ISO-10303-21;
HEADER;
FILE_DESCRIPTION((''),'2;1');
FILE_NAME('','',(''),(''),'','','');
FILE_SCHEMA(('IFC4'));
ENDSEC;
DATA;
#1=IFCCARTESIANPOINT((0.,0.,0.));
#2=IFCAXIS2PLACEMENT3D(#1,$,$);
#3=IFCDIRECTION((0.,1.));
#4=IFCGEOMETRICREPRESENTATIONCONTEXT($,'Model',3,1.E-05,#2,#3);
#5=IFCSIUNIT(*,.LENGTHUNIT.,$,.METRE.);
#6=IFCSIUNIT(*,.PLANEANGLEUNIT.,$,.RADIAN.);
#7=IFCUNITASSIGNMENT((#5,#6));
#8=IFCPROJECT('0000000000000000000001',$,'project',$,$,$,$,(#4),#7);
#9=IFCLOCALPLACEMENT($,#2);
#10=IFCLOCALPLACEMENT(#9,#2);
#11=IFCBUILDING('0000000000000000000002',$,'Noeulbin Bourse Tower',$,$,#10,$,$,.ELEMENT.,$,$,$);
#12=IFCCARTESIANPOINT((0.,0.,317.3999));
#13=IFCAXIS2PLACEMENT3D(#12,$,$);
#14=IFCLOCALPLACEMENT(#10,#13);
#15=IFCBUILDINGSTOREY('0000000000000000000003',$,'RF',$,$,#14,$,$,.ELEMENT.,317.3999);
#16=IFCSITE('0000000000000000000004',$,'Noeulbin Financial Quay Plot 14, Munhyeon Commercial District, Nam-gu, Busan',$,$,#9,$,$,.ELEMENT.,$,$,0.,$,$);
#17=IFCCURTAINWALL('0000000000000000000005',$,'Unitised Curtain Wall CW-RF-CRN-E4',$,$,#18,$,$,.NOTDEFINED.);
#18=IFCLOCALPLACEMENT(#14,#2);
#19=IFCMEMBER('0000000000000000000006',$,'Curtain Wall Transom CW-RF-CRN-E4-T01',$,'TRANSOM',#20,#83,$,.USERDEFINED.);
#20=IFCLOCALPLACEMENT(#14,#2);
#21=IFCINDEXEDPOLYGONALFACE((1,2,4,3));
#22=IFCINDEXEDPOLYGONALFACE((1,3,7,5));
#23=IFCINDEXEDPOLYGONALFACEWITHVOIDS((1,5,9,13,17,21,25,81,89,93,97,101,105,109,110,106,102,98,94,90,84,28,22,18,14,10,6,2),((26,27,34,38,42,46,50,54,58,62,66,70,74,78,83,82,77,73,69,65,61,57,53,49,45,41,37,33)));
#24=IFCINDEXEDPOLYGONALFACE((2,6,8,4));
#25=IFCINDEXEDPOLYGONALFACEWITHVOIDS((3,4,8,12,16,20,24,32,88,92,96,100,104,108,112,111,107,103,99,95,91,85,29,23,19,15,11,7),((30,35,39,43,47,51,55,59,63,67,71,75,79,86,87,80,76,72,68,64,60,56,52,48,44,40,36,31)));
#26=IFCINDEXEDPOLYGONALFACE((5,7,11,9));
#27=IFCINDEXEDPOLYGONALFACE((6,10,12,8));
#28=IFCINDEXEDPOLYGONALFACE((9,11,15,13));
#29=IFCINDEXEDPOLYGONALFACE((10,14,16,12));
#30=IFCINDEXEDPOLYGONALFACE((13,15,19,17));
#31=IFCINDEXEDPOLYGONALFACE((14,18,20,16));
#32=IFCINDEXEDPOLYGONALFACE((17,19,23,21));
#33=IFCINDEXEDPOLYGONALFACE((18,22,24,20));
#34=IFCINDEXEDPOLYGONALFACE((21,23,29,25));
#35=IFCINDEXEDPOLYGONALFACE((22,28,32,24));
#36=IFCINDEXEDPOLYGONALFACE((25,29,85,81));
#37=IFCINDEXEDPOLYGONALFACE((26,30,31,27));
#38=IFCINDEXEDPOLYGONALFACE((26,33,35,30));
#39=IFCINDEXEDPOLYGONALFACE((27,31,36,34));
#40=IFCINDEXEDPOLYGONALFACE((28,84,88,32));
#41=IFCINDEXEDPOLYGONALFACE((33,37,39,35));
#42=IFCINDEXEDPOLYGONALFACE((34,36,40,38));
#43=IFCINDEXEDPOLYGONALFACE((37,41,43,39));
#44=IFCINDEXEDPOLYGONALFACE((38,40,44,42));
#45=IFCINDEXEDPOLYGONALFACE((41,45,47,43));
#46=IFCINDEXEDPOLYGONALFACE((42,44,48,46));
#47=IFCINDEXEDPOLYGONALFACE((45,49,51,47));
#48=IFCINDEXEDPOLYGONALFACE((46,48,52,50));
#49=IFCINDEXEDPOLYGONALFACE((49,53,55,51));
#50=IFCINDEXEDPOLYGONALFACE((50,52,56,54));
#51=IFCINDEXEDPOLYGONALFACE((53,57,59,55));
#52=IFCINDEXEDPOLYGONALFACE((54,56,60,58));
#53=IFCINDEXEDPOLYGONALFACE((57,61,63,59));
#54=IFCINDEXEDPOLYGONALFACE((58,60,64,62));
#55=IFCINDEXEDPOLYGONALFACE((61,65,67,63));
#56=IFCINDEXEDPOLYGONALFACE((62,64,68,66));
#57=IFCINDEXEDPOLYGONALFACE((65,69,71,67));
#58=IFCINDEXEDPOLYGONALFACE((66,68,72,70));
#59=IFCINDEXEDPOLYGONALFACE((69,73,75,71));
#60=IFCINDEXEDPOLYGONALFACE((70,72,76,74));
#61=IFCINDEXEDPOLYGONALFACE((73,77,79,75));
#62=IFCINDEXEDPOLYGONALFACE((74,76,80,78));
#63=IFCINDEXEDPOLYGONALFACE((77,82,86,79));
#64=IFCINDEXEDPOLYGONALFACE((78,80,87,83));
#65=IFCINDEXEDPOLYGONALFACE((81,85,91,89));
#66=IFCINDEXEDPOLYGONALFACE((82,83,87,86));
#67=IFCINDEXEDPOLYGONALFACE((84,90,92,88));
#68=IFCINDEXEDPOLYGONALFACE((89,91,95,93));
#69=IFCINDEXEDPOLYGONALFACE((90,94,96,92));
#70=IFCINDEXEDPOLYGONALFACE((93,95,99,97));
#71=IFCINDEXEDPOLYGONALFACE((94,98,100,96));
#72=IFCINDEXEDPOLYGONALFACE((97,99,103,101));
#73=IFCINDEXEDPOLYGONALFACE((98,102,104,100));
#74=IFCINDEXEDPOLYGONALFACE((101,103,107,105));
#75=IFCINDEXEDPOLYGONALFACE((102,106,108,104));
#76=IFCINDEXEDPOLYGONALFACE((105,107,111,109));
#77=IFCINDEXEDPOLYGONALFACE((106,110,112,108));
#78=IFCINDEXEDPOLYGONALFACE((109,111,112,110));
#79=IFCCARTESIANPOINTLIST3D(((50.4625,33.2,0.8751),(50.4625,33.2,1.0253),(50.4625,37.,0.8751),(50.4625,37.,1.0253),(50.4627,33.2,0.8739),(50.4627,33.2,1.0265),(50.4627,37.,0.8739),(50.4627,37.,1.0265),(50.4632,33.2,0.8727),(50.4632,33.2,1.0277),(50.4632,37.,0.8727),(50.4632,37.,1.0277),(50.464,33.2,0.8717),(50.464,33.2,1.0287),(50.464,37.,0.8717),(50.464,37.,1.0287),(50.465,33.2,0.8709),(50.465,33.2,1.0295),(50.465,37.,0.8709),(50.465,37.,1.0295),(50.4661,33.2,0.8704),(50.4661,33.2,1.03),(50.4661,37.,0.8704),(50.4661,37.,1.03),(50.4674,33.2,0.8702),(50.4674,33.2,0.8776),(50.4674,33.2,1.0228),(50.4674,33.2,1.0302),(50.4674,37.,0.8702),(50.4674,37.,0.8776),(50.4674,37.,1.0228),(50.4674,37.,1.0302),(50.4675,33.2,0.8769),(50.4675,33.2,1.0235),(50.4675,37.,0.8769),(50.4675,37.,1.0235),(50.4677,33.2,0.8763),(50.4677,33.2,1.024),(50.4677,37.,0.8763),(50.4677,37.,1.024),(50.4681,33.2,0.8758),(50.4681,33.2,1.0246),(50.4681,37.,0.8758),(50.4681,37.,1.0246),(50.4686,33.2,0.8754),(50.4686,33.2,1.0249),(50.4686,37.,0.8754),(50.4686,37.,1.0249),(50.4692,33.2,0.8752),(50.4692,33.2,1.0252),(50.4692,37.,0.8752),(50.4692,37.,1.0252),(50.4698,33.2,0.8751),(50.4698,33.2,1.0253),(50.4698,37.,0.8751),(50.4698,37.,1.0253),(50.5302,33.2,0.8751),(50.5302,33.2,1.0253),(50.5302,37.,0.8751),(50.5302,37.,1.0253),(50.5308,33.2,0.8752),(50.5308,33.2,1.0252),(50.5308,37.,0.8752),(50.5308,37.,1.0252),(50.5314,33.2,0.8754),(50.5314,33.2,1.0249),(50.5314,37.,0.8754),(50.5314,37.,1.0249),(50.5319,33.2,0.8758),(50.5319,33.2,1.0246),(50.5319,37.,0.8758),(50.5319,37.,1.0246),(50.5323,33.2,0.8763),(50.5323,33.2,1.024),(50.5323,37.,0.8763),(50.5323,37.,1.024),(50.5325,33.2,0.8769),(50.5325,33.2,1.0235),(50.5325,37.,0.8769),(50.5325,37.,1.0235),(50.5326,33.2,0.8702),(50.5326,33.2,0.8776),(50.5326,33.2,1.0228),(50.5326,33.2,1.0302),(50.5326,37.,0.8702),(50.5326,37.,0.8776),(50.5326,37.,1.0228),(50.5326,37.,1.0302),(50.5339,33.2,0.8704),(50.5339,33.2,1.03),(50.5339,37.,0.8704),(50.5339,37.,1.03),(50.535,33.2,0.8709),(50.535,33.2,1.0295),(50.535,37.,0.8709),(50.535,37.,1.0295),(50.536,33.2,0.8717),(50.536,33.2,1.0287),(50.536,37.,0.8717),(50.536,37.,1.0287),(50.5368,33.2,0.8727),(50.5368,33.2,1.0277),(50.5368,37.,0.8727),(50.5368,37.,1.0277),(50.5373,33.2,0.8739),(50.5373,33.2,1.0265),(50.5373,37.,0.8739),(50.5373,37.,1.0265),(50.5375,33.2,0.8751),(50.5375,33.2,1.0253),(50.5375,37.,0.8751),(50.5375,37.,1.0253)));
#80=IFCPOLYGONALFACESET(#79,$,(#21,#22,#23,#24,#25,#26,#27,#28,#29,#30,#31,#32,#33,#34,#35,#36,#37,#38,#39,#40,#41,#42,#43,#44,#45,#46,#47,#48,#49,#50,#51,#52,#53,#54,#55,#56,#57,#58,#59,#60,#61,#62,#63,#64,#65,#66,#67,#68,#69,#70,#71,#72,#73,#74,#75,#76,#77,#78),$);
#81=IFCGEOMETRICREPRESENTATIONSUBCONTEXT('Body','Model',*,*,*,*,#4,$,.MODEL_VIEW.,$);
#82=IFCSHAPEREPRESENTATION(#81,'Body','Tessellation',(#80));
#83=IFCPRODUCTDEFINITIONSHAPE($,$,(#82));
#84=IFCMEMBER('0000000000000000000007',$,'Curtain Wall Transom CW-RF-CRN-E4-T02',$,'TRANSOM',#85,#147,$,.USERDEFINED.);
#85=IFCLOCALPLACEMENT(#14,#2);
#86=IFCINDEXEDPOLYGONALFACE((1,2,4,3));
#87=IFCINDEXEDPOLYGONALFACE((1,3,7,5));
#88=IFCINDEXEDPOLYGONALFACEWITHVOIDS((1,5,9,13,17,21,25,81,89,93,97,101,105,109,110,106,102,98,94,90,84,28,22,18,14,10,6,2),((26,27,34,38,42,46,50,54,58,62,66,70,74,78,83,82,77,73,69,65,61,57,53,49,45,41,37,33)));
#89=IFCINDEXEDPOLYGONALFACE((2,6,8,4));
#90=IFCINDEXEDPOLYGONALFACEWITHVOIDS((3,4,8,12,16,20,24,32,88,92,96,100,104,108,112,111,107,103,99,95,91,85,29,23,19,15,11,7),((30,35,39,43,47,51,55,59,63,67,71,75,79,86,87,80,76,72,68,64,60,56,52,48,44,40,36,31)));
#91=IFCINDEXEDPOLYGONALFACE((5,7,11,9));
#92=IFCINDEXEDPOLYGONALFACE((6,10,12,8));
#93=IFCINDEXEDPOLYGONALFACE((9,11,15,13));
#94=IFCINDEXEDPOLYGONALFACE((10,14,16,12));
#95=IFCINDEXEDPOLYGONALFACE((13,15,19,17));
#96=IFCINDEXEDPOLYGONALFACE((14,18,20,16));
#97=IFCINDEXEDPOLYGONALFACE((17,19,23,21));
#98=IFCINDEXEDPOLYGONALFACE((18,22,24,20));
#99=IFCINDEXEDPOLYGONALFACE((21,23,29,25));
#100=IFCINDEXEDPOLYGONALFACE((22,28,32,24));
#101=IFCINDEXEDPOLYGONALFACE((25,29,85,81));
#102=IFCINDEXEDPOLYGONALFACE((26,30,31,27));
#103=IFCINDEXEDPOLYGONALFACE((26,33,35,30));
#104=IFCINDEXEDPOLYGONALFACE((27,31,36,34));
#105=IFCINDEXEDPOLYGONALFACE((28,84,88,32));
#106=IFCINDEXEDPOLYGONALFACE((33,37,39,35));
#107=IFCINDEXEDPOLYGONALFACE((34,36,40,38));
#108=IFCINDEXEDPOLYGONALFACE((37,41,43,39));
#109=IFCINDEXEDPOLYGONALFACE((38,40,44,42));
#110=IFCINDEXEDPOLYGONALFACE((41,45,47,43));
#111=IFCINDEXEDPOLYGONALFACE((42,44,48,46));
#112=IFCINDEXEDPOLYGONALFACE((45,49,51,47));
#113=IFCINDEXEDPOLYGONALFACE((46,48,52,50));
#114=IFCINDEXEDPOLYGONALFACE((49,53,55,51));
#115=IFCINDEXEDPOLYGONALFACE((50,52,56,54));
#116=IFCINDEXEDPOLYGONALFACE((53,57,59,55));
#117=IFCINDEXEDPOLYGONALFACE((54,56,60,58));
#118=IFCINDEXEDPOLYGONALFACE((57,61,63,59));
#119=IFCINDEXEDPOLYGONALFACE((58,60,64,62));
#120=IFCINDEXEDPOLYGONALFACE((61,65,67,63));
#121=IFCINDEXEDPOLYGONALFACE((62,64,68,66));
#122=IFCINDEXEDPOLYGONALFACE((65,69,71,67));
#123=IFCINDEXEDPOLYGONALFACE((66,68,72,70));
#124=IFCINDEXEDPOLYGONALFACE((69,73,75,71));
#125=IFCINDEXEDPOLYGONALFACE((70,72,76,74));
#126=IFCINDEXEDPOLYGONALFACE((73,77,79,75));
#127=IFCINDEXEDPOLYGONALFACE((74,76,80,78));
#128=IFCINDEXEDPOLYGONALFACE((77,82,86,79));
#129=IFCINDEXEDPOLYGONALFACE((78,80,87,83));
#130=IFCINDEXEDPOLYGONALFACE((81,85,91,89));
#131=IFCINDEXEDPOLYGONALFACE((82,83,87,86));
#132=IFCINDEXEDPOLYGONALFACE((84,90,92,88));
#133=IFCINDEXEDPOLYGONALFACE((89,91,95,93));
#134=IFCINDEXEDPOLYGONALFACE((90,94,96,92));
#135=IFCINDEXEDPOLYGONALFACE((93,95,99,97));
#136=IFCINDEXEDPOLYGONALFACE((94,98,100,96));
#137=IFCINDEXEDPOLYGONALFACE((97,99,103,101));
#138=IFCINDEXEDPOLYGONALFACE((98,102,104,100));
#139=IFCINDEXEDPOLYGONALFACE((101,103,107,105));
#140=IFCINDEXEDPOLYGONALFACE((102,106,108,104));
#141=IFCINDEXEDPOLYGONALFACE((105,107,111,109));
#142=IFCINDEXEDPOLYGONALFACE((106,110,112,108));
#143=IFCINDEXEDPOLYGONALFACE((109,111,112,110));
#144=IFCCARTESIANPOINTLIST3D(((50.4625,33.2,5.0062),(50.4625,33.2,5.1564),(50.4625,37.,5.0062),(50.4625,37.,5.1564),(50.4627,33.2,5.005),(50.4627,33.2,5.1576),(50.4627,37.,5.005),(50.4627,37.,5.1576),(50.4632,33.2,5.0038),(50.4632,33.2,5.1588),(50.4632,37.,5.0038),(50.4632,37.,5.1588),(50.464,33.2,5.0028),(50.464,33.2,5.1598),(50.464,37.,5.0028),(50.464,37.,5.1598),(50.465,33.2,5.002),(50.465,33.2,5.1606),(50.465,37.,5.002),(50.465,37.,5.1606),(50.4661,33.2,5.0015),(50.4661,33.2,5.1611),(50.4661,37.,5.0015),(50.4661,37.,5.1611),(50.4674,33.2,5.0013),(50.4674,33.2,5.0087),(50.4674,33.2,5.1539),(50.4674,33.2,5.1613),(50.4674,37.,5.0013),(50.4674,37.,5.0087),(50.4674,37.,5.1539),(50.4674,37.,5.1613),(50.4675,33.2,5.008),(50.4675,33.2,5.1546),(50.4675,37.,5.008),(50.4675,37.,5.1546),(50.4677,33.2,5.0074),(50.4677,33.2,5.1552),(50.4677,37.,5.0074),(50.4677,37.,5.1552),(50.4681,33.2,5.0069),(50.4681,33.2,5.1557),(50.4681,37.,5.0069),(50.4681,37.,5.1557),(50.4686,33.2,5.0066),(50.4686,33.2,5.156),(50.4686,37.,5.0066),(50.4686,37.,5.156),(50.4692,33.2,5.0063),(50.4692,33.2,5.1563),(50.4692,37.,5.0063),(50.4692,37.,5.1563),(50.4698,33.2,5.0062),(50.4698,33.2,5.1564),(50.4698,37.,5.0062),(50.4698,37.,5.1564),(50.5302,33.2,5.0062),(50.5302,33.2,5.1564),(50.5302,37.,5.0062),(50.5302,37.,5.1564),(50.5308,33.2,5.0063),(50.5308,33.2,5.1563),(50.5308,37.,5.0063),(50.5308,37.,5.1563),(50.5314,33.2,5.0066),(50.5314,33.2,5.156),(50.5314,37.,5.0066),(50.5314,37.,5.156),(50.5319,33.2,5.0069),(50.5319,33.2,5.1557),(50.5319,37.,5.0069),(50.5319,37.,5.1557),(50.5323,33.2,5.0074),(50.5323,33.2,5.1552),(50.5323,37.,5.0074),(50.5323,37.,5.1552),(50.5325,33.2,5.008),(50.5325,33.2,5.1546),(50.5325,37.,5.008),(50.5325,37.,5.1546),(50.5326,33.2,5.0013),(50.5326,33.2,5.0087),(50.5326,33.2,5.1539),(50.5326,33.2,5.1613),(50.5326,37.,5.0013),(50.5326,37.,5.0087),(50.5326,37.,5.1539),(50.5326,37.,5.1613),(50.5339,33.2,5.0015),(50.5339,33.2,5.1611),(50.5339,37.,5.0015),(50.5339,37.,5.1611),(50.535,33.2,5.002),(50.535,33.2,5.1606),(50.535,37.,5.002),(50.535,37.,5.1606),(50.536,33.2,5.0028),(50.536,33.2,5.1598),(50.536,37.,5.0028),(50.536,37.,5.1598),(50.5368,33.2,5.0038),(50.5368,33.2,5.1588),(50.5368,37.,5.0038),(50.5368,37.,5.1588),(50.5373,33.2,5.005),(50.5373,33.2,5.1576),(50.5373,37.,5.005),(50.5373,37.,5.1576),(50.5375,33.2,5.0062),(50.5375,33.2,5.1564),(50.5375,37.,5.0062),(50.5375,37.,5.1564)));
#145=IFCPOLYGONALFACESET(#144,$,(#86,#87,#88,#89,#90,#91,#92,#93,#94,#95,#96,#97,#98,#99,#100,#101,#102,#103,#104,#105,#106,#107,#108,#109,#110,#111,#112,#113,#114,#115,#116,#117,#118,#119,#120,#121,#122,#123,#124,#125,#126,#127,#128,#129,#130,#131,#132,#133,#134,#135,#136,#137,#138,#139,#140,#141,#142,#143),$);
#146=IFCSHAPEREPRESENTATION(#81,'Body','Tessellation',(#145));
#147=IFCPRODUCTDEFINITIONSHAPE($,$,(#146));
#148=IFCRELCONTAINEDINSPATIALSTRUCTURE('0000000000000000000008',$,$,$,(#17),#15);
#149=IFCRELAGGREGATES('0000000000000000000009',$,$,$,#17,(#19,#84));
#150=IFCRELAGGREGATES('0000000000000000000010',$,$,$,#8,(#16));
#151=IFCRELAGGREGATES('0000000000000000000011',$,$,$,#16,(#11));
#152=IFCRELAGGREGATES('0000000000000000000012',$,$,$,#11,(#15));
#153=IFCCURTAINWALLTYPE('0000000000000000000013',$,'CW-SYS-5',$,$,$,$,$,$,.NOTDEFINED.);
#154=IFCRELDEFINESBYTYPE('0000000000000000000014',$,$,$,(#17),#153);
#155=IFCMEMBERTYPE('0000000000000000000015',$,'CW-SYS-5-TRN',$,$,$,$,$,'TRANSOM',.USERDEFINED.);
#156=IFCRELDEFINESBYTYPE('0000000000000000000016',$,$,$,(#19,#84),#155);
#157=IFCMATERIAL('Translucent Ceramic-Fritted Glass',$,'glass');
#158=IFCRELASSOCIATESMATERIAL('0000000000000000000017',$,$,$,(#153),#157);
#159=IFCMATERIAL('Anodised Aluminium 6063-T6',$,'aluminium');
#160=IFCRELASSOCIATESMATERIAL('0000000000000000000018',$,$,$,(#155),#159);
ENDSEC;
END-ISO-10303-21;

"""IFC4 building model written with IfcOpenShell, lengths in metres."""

from ifc_helpers import new_model, si_unit, direction, frame, origin, origin_2d, place, context, subcontext, project, spatial, hollow_rectangle, extrude, material, material_profile, profile_set, type_object, element, aggregate, save


model = new_model("IFC4")

# Units and contexts
model_context = context("Model", 3, precision=1e-05, world=origin(), true_north=direction((0.0, 1.0)))
body_context = subcontext(model_context, "Body", "Model", "MODEL_VIEW")
ifc_project = project(units=[si_unit("LENGTHUNIT", "METRE"), si_unit("PLANEANGLEUNIT", "RADIAN")], contexts=[model_context])

# Site, building, storey
site_placement = place(None, origin())
site = spatial("IfcSite", under=ifc_project, at=site_placement, Name="Noeulbin Financial Quay Plot 14, Munhyeon Commercial District, Nam-gu, Busan", CompositionType="ELEMENT", RefElevation=0.0)
building_placement = place(site_placement, origin())
building = spatial("IfcBuilding", under=site, at=building_placement, Name="Noeulbin Bourse Tower", CompositionType="ELEMENT")
storey_placement = place(building_placement, frame((0.0, 0.0, 317.3999)))
storey = spatial("IfcBuildingStorey", under=building, at=storey_placement, Name="RF", CompositionType="ELEMENT", Elevation=317.3999)

# Curtain wall
ifc_material_1 = material(Name="Translucent Ceramic-Fritted Glass", Category="glass")
curtain_wall_type = type_object("IfcCurtainWallType", Name="CW-SYS-5", PredefinedType="NOTDEFINED", material=ifc_material_1)
ifc_material_2 = material(Name="Anodised Aluminium 6063-T6", Category="aluminium")
curtain_wall_1_placement = place(storey_placement, origin())
curtain_wall_1 = element("IfcCurtainWall", 1, at=curtain_wall_1_placement, inside=storey, type_object=curtain_wall_type, Name="Unitised Curtain Wall CW-RF-CRN-E4", PredefinedType="NOTDEFINED")

# Members
ifc_material_profile_1 = material_profile(ifc_material_2, hollow_rectangle(XDim=0.075, YDim=0.1599, WallThickness=0.0049, InnerFilletRadius=0.0024, OuterFilletRadius=0.0049, at=origin_2d()), Name="ALU-TRAN-75x160x5", Category="LoadBearing")
ifc_profile_set_1 = profile_set([ifc_material_profile_1], Name="Anodised Aluminium 6063-T6")
member_type_1 = type_object("IfcMemberType", Name="CW-SYS-5-TRN", ElementType="TRANSOM", PredefinedType="USERDEFINED", material=ifc_profile_set_1)
member_1_placement = place(storey_placement, frame((50.5, 33.2, 0.9502), z_axis=(0.0, 1.0, 0.0), x_axis=(-1.0, 0.0, 0.0)))
member_1 = element("IfcMember", 2, at=member_1_placement, type_object=member_type_1, Name="Curtain Wall Transom CW-RF-CRN-E4-T01", ObjectType="TRANSOM", PredefinedType="USERDEFINED", context=body_context, shape_type="SweptSolid", body=[
    extrude(hollow_rectangle(XDim=0.075, YDim=0.1599, WallThickness=0.0049, InnerFilletRadius=0.0024, OuterFilletRadius=0.0049, at=origin_2d()), origin(), (0.0, 0.0, 1.0), 3.8),
])
member_2_placement = place(storey_placement, frame((50.5, 33.2, 5.0813), z_axis=(0.0, 1.0, 0.0), x_axis=(-1.0, 0.0, 0.0)))
member_2 = element("IfcMember", 3, at=member_2_placement, type_object=member_type_1, Name="Curtain Wall Transom CW-RF-CRN-E4-T02", ObjectType="TRANSOM", PredefinedType="USERDEFINED", context=body_context, shape_type="SweptSolid", body=[
    extrude(hollow_rectangle(XDim=0.075, YDim=0.1599, WallThickness=0.0049, InnerFilletRadius=0.0024, OuterFilletRadius=0.0049, at=origin_2d()), origin(), (0.0, 0.0, 1.0), 3.8),
])

aggregate(curtain_wall_1, [member_1, member_2])

save(model, "model.ifc")
